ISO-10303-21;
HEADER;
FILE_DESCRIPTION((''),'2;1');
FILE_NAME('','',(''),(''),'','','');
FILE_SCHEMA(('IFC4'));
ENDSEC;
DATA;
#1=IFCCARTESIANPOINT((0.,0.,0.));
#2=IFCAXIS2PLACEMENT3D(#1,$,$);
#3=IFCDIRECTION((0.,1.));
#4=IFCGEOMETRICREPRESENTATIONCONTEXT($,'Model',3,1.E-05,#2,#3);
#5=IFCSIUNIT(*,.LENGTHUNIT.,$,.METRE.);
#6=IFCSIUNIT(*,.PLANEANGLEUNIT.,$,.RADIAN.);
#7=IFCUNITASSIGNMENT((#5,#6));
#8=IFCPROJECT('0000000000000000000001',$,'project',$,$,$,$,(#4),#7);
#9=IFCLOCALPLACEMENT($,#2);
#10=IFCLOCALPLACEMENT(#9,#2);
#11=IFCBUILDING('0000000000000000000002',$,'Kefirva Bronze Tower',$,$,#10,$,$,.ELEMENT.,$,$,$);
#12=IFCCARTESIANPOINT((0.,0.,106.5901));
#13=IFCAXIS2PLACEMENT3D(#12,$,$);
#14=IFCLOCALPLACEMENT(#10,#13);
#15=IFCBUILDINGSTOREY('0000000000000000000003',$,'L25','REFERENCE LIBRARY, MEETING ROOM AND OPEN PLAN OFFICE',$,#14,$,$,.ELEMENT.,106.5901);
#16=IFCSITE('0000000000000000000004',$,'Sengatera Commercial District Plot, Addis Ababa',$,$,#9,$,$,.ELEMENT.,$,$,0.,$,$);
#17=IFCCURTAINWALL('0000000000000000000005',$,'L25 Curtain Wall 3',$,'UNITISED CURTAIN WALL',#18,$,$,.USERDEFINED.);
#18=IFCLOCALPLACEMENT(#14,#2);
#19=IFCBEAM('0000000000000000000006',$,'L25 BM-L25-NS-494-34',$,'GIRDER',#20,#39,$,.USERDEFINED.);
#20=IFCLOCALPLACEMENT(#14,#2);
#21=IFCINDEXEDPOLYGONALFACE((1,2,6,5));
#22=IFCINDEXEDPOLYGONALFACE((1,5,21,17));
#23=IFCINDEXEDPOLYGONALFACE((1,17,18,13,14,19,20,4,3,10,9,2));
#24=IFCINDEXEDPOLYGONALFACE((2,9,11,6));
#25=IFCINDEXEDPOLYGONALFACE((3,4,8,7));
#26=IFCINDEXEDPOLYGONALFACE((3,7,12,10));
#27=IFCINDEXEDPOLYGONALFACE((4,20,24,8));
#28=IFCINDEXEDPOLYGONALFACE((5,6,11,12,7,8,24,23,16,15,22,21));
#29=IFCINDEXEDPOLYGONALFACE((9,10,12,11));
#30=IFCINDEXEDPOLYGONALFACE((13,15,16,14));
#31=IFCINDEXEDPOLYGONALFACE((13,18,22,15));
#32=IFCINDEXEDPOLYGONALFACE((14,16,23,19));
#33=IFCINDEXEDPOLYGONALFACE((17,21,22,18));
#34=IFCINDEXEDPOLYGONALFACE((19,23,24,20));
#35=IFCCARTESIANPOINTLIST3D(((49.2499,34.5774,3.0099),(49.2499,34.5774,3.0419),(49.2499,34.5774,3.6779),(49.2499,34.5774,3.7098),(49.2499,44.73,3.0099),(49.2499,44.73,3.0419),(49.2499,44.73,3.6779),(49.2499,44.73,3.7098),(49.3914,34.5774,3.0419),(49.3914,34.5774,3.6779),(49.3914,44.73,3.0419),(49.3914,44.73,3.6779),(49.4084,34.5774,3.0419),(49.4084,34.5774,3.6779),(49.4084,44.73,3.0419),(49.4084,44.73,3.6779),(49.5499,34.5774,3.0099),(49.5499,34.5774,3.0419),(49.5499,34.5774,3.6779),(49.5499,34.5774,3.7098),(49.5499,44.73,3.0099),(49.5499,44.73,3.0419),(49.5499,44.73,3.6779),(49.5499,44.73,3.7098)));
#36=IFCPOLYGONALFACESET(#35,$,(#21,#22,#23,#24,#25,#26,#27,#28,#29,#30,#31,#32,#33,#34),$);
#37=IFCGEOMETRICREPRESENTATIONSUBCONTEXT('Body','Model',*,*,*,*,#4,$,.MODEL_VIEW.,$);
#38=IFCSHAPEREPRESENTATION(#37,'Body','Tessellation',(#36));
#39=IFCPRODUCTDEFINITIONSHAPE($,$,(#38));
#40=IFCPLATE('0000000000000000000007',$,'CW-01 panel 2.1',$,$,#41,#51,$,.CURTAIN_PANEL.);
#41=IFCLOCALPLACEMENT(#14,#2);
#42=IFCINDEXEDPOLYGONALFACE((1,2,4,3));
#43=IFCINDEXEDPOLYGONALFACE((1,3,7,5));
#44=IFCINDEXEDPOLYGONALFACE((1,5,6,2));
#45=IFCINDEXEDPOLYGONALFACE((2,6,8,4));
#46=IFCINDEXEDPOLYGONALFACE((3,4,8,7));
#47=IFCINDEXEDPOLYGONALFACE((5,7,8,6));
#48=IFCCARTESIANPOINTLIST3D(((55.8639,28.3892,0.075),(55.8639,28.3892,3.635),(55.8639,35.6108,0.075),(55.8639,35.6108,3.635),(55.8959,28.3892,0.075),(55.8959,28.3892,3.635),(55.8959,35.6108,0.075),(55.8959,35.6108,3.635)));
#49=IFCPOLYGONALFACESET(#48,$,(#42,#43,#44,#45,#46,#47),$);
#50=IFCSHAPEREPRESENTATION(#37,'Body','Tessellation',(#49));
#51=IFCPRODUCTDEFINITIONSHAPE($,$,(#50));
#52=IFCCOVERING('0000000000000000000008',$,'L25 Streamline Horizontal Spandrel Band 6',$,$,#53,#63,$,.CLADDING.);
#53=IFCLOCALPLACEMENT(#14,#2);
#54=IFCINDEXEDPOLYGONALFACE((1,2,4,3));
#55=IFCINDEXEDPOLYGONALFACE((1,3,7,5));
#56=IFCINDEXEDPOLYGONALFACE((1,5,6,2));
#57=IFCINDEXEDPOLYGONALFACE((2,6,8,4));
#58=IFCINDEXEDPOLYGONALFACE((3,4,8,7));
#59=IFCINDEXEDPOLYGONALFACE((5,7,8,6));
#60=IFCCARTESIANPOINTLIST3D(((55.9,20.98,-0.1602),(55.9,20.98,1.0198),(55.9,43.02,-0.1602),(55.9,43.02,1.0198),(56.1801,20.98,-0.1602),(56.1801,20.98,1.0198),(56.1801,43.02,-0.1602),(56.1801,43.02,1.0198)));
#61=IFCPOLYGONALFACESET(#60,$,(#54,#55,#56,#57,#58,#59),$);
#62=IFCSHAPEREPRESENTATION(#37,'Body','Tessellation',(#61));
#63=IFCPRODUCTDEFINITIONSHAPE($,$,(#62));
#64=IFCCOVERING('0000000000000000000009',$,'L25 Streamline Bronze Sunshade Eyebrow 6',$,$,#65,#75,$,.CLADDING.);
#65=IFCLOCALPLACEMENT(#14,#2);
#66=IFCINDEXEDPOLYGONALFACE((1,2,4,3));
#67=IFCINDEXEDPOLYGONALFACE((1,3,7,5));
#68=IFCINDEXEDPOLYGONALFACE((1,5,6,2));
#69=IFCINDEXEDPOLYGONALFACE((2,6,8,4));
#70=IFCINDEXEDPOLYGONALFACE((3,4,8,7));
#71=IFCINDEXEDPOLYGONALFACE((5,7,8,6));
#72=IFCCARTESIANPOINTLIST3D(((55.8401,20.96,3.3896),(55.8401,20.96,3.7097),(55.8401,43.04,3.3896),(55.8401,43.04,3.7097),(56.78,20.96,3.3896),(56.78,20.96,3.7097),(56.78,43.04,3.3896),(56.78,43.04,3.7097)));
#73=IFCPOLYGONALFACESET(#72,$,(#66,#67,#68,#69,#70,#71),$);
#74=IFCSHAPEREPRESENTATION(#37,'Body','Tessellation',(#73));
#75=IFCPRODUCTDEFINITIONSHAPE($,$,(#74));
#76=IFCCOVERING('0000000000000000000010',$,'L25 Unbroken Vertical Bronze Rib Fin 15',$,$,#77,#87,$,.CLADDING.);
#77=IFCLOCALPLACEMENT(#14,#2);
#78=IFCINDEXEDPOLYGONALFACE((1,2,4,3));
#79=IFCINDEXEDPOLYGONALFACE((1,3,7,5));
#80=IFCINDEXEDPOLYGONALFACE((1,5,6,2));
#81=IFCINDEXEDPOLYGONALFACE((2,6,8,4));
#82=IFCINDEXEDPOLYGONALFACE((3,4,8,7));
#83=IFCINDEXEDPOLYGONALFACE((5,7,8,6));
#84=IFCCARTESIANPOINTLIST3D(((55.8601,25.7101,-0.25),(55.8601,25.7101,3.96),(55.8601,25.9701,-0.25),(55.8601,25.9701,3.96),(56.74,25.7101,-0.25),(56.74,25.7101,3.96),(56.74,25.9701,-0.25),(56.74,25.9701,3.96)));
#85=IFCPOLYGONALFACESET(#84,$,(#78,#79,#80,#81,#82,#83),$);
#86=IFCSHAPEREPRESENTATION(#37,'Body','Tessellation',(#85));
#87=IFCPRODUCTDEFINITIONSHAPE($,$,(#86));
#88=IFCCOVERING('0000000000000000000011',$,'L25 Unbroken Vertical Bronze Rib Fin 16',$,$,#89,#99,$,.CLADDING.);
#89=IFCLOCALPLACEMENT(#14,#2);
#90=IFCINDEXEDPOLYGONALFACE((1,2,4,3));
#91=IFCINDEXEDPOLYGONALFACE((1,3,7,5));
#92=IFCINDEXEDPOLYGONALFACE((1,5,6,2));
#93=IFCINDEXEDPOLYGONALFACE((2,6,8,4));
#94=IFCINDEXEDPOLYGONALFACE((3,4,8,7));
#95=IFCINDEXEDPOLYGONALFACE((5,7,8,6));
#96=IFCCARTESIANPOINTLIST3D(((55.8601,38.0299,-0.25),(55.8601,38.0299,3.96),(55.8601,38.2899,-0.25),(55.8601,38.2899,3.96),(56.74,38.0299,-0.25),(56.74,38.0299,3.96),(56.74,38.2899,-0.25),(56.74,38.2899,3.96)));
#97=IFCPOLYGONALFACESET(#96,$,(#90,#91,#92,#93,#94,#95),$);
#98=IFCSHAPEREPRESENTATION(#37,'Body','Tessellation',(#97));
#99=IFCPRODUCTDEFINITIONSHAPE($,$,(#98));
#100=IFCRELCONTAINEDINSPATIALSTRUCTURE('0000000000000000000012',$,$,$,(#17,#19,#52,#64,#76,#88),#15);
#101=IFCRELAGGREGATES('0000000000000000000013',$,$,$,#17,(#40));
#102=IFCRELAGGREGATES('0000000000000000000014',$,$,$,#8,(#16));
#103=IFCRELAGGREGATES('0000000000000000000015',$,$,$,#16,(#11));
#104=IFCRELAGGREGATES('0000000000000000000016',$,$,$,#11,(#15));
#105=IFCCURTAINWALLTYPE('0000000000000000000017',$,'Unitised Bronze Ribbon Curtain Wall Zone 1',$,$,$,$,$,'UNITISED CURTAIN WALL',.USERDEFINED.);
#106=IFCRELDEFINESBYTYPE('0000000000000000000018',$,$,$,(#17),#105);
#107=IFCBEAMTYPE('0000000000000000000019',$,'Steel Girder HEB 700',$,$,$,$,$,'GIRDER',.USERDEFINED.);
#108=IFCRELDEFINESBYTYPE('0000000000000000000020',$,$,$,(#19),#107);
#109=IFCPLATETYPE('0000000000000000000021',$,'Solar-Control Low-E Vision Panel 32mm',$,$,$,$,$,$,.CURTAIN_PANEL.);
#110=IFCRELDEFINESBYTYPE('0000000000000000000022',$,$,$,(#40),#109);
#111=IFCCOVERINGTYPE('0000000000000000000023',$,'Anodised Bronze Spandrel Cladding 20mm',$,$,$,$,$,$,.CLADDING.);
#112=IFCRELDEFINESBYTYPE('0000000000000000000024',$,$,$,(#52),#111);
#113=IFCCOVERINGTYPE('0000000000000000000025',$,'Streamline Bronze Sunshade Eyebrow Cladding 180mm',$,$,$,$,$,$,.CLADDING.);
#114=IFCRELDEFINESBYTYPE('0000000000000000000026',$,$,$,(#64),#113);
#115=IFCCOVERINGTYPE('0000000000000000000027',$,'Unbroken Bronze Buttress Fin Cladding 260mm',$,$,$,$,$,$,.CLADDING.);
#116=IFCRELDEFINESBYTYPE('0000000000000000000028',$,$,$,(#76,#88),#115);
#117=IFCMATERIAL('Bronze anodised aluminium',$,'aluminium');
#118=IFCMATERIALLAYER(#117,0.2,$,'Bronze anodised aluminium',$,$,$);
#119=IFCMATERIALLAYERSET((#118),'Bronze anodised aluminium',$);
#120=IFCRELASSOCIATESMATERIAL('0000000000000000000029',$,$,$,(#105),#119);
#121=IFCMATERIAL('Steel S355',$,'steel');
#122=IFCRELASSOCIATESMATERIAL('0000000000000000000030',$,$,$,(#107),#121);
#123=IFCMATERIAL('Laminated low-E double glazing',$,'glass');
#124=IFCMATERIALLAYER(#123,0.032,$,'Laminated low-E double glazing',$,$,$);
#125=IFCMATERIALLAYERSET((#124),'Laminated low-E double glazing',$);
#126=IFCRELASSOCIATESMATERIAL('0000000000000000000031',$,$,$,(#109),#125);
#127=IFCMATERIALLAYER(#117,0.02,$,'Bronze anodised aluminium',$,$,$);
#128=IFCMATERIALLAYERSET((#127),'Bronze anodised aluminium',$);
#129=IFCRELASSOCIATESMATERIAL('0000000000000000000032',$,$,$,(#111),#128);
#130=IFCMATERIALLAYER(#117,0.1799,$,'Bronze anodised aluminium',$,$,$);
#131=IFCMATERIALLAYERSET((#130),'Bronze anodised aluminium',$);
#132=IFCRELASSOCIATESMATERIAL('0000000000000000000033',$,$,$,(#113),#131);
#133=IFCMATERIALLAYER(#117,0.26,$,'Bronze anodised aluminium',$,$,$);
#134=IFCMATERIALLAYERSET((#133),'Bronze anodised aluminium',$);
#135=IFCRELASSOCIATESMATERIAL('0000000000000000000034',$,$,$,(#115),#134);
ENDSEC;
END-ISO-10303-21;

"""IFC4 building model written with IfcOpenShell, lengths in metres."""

from ifc_helpers import new_model, si_unit, direction, frame, origin, origin_2d, place, context, subcontext, project, spatial, rectangle, i_section, extrude, material, layer, layer_set, material_profile, profile_set, type_object, element, aggregate, save


model = new_model("IFC4")

# Units and contexts
model_context = context("Model", 3, precision=1e-05, world=origin(), true_north=direction((0.0, 1.0)))
body_context = subcontext(model_context, "Body", "Model", "MODEL_VIEW")
ifc_project = project(units=[si_unit("LENGTHUNIT", "METRE"), si_unit("PLANEANGLEUNIT", "RADIAN")], contexts=[model_context])

# Site, building, storey
site_placement = place(None, origin())
site = spatial("IfcSite", under=ifc_project, at=site_placement, Name="Sengatera Commercial District Plot, Addis Ababa", CompositionType="ELEMENT", RefElevation=0.0)
building_placement = place(site_placement, origin())
building = spatial("IfcBuilding", under=site, at=building_placement, Name="Kefirva Bronze Tower", CompositionType="ELEMENT")
storey_placement = place(building_placement, frame((0.0, 0.0, 106.5901)))
storey = spatial("IfcBuildingStorey", under=building, at=storey_placement, Name="L25", Description="REFERENCE LIBRARY, MEETING ROOM AND OPEN PLAN OFFICE", CompositionType="ELEMENT", Elevation=106.5901)

# Curtain wall
ifc_material_1 = material(Name="Bronze anodised aluminium", Category="aluminium")
ifc_layer_1 = layer(ifc_material_1, 0.2, Name="Bronze anodised aluminium")
ifc_layer_set_1 = layer_set([ifc_layer_1], Name="Bronze anodised aluminium")
curtain_wall_type = type_object("IfcCurtainWallType", Name="Unitised Bronze Ribbon Curtain Wall Zone 1", ElementType="UNITISED CURTAIN WALL", PredefinedType="USERDEFINED", material=ifc_layer_set_1)
curtain_wall_placement = place(storey_placement, origin())
curtain_wall = element("IfcCurtainWall", 1, at=curtain_wall_placement, inside=storey, type_object=curtain_wall_type, Name="L25 Curtain Wall 3", ObjectType="UNITISED CURTAIN WALL", PredefinedType="USERDEFINED")

# Beam
ifc_material_2 = material(Name="Steel S355", Category="steel")
ifc_material_profile_1 = material_profile(ifc_material_2, i_section(OverallWidth=0.3, OverallDepth=0.7, WebThickness=0.0171, FlangeThickness=0.032, at=origin_2d()), Name="HEB 700")
ifc_profile_set_1 = profile_set([ifc_material_profile_1], Name="Steel S355")
beam_type_1 = type_object("IfcBeamType", Name="Steel Girder HEB 700", ElementType="GIRDER", PredefinedType="USERDEFINED", material=ifc_profile_set_1)
beam_1_placement = place(storey_placement, frame((49.3999, 34.5774, 3.3599), z_axis=(0.0, 1.0, 0.0), x_axis=(-1.0, 0.0, 0.0)))
element("IfcBeam", 2, at=beam_1_placement, inside=storey, type_object=beam_type_1, Name="L25 BM-L25-NS-494-34", ObjectType="GIRDER", PredefinedType="USERDEFINED", context=body_context, shape_type="SweptSolid", body=[
    extrude(i_section(OverallWidth=0.3, OverallDepth=0.7, WebThickness=0.0171, FlangeThickness=0.032, at=origin_2d()), origin(), (0.0, 0.0, 1.0), 10.1526),
])

# Plate
ifc_material_3 = material(Name="Laminated low-E double glazing", Category="glass")
ifc_layer_2 = layer(ifc_material_3, 0.032, Name="Laminated low-E double glazing")
ifc_layer_set_2 = layer_set([ifc_layer_2], Name="Laminated low-E double glazing")
plate_type = type_object("IfcPlateType", Name="Solar-Control Low-E Vision Panel 32mm", PredefinedType="CURTAIN_PANEL", material=ifc_layer_set_2)
plate_placement = place(storey_placement, frame((55.8799, 32.0, 0.075), z_axis=(0.0, 0.0, 1.0), x_axis=(0.0, 1.0, 0.0)))
plate = element("IfcPlate", 3, at=plate_placement, type_object=plate_type, Name="CW-01 panel 2.1", PredefinedType="CURTAIN_PANEL", context=body_context, shape_type="SweptSolid", body=[
    extrude(rectangle(XDim=7.2217, YDim=0.032, at=origin_2d()), origin(), (0.0, 0.0, 1.0), 3.5601),
])
aggregate(curtain_wall, [plate])

# Coverings
ifc_layer_3 = layer(ifc_material_1, 0.02, Name="Bronze anodised aluminium")
ifc_layer_set_3 = layer_set([ifc_layer_3], Name="Bronze anodised aluminium")
covering_type_1 = type_object("IfcCoveringType", Name="Anodised Bronze Spandrel Cladding 20mm", PredefinedType="CLADDING", material=ifc_layer_set_3)
covering_1_placement = place(storey_placement, frame((56.04, 32.0, -0.1602), z_axis=(0.0, 0.0, 1.0), x_axis=(0.0, 1.0, 0.0)))
element("IfcCovering", 4, at=covering_1_placement, inside=storey, type_object=covering_type_1, Name="L25 Streamline Horizontal Spandrel Band 6", PredefinedType="CLADDING", context=body_context, shape_type="SweptSolid", body=[
    extrude(rectangle(XDim=22.04, YDim=0.28, at=origin_2d()), origin(), (0.0, 0.0, 1.0), 1.1799),
])
ifc_layer_4 = layer(ifc_material_1, 0.1799, Name="Bronze anodised aluminium")
ifc_layer_set_4 = layer_set([ifc_layer_4], Name="Bronze anodised aluminium")
covering_type_2 = type_object("IfcCoveringType", Name="Streamline Bronze Sunshade Eyebrow Cladding 180mm", PredefinedType="CLADDING", material=ifc_layer_set_4)
covering_2_placement = place(storey_placement, frame((56.3101, 32.0, 3.3896), z_axis=(0.0, 0.0, 1.0), x_axis=(0.0, 1.0, 0.0)))
element("IfcCovering", 5, at=covering_2_placement, inside=storey, type_object=covering_type_2, Name="L25 Streamline Bronze Sunshade Eyebrow 6", PredefinedType="CLADDING", context=body_context, shape_type="SweptSolid", body=[
    extrude(rectangle(XDim=22.0801, YDim=0.9399, at=origin_2d()), origin(), (0.0, 0.0, 1.0), 0.3201),
])
ifc_layer_5 = layer(ifc_material_1, 0.26, Name="Bronze anodised aluminium")
ifc_layer_set_5 = layer_set([ifc_layer_5], Name="Bronze anodised aluminium")
covering_type_3 = type_object("IfcCoveringType", Name="Unbroken Bronze Buttress Fin Cladding 260mm", PredefinedType="CLADDING", material=ifc_layer_set_5)
for number, where, z_axis, x_axis, name in (
    (6, (56.3, 25.8401, -0.25), (0.0, 0.0, 1.0), (0.0, 1.0, 0.0), "L25 Unbroken Vertical Bronze Rib Fin 15"),
    (7, (56.3, 38.1599, -0.25), (0.0, 0.0, 1.0), (0.0, 1.0, 0.0), "L25 Unbroken Vertical Bronze Rib Fin 16"),
):
    element("IfcCovering", number, at=place(storey_placement, frame(where, z_axis=z_axis, x_axis=x_axis)), inside=storey, type_object=covering_type_3, Name=name, PredefinedType="CLADDING", context=body_context, shape_type="SweptSolid", body=[
        extrude(rectangle(XDim=0.26, YDim=0.8799, at=origin_2d()), origin(), (0.0, 0.0, 1.0), 4.21),
    ])

save(model, "model.ifc")
